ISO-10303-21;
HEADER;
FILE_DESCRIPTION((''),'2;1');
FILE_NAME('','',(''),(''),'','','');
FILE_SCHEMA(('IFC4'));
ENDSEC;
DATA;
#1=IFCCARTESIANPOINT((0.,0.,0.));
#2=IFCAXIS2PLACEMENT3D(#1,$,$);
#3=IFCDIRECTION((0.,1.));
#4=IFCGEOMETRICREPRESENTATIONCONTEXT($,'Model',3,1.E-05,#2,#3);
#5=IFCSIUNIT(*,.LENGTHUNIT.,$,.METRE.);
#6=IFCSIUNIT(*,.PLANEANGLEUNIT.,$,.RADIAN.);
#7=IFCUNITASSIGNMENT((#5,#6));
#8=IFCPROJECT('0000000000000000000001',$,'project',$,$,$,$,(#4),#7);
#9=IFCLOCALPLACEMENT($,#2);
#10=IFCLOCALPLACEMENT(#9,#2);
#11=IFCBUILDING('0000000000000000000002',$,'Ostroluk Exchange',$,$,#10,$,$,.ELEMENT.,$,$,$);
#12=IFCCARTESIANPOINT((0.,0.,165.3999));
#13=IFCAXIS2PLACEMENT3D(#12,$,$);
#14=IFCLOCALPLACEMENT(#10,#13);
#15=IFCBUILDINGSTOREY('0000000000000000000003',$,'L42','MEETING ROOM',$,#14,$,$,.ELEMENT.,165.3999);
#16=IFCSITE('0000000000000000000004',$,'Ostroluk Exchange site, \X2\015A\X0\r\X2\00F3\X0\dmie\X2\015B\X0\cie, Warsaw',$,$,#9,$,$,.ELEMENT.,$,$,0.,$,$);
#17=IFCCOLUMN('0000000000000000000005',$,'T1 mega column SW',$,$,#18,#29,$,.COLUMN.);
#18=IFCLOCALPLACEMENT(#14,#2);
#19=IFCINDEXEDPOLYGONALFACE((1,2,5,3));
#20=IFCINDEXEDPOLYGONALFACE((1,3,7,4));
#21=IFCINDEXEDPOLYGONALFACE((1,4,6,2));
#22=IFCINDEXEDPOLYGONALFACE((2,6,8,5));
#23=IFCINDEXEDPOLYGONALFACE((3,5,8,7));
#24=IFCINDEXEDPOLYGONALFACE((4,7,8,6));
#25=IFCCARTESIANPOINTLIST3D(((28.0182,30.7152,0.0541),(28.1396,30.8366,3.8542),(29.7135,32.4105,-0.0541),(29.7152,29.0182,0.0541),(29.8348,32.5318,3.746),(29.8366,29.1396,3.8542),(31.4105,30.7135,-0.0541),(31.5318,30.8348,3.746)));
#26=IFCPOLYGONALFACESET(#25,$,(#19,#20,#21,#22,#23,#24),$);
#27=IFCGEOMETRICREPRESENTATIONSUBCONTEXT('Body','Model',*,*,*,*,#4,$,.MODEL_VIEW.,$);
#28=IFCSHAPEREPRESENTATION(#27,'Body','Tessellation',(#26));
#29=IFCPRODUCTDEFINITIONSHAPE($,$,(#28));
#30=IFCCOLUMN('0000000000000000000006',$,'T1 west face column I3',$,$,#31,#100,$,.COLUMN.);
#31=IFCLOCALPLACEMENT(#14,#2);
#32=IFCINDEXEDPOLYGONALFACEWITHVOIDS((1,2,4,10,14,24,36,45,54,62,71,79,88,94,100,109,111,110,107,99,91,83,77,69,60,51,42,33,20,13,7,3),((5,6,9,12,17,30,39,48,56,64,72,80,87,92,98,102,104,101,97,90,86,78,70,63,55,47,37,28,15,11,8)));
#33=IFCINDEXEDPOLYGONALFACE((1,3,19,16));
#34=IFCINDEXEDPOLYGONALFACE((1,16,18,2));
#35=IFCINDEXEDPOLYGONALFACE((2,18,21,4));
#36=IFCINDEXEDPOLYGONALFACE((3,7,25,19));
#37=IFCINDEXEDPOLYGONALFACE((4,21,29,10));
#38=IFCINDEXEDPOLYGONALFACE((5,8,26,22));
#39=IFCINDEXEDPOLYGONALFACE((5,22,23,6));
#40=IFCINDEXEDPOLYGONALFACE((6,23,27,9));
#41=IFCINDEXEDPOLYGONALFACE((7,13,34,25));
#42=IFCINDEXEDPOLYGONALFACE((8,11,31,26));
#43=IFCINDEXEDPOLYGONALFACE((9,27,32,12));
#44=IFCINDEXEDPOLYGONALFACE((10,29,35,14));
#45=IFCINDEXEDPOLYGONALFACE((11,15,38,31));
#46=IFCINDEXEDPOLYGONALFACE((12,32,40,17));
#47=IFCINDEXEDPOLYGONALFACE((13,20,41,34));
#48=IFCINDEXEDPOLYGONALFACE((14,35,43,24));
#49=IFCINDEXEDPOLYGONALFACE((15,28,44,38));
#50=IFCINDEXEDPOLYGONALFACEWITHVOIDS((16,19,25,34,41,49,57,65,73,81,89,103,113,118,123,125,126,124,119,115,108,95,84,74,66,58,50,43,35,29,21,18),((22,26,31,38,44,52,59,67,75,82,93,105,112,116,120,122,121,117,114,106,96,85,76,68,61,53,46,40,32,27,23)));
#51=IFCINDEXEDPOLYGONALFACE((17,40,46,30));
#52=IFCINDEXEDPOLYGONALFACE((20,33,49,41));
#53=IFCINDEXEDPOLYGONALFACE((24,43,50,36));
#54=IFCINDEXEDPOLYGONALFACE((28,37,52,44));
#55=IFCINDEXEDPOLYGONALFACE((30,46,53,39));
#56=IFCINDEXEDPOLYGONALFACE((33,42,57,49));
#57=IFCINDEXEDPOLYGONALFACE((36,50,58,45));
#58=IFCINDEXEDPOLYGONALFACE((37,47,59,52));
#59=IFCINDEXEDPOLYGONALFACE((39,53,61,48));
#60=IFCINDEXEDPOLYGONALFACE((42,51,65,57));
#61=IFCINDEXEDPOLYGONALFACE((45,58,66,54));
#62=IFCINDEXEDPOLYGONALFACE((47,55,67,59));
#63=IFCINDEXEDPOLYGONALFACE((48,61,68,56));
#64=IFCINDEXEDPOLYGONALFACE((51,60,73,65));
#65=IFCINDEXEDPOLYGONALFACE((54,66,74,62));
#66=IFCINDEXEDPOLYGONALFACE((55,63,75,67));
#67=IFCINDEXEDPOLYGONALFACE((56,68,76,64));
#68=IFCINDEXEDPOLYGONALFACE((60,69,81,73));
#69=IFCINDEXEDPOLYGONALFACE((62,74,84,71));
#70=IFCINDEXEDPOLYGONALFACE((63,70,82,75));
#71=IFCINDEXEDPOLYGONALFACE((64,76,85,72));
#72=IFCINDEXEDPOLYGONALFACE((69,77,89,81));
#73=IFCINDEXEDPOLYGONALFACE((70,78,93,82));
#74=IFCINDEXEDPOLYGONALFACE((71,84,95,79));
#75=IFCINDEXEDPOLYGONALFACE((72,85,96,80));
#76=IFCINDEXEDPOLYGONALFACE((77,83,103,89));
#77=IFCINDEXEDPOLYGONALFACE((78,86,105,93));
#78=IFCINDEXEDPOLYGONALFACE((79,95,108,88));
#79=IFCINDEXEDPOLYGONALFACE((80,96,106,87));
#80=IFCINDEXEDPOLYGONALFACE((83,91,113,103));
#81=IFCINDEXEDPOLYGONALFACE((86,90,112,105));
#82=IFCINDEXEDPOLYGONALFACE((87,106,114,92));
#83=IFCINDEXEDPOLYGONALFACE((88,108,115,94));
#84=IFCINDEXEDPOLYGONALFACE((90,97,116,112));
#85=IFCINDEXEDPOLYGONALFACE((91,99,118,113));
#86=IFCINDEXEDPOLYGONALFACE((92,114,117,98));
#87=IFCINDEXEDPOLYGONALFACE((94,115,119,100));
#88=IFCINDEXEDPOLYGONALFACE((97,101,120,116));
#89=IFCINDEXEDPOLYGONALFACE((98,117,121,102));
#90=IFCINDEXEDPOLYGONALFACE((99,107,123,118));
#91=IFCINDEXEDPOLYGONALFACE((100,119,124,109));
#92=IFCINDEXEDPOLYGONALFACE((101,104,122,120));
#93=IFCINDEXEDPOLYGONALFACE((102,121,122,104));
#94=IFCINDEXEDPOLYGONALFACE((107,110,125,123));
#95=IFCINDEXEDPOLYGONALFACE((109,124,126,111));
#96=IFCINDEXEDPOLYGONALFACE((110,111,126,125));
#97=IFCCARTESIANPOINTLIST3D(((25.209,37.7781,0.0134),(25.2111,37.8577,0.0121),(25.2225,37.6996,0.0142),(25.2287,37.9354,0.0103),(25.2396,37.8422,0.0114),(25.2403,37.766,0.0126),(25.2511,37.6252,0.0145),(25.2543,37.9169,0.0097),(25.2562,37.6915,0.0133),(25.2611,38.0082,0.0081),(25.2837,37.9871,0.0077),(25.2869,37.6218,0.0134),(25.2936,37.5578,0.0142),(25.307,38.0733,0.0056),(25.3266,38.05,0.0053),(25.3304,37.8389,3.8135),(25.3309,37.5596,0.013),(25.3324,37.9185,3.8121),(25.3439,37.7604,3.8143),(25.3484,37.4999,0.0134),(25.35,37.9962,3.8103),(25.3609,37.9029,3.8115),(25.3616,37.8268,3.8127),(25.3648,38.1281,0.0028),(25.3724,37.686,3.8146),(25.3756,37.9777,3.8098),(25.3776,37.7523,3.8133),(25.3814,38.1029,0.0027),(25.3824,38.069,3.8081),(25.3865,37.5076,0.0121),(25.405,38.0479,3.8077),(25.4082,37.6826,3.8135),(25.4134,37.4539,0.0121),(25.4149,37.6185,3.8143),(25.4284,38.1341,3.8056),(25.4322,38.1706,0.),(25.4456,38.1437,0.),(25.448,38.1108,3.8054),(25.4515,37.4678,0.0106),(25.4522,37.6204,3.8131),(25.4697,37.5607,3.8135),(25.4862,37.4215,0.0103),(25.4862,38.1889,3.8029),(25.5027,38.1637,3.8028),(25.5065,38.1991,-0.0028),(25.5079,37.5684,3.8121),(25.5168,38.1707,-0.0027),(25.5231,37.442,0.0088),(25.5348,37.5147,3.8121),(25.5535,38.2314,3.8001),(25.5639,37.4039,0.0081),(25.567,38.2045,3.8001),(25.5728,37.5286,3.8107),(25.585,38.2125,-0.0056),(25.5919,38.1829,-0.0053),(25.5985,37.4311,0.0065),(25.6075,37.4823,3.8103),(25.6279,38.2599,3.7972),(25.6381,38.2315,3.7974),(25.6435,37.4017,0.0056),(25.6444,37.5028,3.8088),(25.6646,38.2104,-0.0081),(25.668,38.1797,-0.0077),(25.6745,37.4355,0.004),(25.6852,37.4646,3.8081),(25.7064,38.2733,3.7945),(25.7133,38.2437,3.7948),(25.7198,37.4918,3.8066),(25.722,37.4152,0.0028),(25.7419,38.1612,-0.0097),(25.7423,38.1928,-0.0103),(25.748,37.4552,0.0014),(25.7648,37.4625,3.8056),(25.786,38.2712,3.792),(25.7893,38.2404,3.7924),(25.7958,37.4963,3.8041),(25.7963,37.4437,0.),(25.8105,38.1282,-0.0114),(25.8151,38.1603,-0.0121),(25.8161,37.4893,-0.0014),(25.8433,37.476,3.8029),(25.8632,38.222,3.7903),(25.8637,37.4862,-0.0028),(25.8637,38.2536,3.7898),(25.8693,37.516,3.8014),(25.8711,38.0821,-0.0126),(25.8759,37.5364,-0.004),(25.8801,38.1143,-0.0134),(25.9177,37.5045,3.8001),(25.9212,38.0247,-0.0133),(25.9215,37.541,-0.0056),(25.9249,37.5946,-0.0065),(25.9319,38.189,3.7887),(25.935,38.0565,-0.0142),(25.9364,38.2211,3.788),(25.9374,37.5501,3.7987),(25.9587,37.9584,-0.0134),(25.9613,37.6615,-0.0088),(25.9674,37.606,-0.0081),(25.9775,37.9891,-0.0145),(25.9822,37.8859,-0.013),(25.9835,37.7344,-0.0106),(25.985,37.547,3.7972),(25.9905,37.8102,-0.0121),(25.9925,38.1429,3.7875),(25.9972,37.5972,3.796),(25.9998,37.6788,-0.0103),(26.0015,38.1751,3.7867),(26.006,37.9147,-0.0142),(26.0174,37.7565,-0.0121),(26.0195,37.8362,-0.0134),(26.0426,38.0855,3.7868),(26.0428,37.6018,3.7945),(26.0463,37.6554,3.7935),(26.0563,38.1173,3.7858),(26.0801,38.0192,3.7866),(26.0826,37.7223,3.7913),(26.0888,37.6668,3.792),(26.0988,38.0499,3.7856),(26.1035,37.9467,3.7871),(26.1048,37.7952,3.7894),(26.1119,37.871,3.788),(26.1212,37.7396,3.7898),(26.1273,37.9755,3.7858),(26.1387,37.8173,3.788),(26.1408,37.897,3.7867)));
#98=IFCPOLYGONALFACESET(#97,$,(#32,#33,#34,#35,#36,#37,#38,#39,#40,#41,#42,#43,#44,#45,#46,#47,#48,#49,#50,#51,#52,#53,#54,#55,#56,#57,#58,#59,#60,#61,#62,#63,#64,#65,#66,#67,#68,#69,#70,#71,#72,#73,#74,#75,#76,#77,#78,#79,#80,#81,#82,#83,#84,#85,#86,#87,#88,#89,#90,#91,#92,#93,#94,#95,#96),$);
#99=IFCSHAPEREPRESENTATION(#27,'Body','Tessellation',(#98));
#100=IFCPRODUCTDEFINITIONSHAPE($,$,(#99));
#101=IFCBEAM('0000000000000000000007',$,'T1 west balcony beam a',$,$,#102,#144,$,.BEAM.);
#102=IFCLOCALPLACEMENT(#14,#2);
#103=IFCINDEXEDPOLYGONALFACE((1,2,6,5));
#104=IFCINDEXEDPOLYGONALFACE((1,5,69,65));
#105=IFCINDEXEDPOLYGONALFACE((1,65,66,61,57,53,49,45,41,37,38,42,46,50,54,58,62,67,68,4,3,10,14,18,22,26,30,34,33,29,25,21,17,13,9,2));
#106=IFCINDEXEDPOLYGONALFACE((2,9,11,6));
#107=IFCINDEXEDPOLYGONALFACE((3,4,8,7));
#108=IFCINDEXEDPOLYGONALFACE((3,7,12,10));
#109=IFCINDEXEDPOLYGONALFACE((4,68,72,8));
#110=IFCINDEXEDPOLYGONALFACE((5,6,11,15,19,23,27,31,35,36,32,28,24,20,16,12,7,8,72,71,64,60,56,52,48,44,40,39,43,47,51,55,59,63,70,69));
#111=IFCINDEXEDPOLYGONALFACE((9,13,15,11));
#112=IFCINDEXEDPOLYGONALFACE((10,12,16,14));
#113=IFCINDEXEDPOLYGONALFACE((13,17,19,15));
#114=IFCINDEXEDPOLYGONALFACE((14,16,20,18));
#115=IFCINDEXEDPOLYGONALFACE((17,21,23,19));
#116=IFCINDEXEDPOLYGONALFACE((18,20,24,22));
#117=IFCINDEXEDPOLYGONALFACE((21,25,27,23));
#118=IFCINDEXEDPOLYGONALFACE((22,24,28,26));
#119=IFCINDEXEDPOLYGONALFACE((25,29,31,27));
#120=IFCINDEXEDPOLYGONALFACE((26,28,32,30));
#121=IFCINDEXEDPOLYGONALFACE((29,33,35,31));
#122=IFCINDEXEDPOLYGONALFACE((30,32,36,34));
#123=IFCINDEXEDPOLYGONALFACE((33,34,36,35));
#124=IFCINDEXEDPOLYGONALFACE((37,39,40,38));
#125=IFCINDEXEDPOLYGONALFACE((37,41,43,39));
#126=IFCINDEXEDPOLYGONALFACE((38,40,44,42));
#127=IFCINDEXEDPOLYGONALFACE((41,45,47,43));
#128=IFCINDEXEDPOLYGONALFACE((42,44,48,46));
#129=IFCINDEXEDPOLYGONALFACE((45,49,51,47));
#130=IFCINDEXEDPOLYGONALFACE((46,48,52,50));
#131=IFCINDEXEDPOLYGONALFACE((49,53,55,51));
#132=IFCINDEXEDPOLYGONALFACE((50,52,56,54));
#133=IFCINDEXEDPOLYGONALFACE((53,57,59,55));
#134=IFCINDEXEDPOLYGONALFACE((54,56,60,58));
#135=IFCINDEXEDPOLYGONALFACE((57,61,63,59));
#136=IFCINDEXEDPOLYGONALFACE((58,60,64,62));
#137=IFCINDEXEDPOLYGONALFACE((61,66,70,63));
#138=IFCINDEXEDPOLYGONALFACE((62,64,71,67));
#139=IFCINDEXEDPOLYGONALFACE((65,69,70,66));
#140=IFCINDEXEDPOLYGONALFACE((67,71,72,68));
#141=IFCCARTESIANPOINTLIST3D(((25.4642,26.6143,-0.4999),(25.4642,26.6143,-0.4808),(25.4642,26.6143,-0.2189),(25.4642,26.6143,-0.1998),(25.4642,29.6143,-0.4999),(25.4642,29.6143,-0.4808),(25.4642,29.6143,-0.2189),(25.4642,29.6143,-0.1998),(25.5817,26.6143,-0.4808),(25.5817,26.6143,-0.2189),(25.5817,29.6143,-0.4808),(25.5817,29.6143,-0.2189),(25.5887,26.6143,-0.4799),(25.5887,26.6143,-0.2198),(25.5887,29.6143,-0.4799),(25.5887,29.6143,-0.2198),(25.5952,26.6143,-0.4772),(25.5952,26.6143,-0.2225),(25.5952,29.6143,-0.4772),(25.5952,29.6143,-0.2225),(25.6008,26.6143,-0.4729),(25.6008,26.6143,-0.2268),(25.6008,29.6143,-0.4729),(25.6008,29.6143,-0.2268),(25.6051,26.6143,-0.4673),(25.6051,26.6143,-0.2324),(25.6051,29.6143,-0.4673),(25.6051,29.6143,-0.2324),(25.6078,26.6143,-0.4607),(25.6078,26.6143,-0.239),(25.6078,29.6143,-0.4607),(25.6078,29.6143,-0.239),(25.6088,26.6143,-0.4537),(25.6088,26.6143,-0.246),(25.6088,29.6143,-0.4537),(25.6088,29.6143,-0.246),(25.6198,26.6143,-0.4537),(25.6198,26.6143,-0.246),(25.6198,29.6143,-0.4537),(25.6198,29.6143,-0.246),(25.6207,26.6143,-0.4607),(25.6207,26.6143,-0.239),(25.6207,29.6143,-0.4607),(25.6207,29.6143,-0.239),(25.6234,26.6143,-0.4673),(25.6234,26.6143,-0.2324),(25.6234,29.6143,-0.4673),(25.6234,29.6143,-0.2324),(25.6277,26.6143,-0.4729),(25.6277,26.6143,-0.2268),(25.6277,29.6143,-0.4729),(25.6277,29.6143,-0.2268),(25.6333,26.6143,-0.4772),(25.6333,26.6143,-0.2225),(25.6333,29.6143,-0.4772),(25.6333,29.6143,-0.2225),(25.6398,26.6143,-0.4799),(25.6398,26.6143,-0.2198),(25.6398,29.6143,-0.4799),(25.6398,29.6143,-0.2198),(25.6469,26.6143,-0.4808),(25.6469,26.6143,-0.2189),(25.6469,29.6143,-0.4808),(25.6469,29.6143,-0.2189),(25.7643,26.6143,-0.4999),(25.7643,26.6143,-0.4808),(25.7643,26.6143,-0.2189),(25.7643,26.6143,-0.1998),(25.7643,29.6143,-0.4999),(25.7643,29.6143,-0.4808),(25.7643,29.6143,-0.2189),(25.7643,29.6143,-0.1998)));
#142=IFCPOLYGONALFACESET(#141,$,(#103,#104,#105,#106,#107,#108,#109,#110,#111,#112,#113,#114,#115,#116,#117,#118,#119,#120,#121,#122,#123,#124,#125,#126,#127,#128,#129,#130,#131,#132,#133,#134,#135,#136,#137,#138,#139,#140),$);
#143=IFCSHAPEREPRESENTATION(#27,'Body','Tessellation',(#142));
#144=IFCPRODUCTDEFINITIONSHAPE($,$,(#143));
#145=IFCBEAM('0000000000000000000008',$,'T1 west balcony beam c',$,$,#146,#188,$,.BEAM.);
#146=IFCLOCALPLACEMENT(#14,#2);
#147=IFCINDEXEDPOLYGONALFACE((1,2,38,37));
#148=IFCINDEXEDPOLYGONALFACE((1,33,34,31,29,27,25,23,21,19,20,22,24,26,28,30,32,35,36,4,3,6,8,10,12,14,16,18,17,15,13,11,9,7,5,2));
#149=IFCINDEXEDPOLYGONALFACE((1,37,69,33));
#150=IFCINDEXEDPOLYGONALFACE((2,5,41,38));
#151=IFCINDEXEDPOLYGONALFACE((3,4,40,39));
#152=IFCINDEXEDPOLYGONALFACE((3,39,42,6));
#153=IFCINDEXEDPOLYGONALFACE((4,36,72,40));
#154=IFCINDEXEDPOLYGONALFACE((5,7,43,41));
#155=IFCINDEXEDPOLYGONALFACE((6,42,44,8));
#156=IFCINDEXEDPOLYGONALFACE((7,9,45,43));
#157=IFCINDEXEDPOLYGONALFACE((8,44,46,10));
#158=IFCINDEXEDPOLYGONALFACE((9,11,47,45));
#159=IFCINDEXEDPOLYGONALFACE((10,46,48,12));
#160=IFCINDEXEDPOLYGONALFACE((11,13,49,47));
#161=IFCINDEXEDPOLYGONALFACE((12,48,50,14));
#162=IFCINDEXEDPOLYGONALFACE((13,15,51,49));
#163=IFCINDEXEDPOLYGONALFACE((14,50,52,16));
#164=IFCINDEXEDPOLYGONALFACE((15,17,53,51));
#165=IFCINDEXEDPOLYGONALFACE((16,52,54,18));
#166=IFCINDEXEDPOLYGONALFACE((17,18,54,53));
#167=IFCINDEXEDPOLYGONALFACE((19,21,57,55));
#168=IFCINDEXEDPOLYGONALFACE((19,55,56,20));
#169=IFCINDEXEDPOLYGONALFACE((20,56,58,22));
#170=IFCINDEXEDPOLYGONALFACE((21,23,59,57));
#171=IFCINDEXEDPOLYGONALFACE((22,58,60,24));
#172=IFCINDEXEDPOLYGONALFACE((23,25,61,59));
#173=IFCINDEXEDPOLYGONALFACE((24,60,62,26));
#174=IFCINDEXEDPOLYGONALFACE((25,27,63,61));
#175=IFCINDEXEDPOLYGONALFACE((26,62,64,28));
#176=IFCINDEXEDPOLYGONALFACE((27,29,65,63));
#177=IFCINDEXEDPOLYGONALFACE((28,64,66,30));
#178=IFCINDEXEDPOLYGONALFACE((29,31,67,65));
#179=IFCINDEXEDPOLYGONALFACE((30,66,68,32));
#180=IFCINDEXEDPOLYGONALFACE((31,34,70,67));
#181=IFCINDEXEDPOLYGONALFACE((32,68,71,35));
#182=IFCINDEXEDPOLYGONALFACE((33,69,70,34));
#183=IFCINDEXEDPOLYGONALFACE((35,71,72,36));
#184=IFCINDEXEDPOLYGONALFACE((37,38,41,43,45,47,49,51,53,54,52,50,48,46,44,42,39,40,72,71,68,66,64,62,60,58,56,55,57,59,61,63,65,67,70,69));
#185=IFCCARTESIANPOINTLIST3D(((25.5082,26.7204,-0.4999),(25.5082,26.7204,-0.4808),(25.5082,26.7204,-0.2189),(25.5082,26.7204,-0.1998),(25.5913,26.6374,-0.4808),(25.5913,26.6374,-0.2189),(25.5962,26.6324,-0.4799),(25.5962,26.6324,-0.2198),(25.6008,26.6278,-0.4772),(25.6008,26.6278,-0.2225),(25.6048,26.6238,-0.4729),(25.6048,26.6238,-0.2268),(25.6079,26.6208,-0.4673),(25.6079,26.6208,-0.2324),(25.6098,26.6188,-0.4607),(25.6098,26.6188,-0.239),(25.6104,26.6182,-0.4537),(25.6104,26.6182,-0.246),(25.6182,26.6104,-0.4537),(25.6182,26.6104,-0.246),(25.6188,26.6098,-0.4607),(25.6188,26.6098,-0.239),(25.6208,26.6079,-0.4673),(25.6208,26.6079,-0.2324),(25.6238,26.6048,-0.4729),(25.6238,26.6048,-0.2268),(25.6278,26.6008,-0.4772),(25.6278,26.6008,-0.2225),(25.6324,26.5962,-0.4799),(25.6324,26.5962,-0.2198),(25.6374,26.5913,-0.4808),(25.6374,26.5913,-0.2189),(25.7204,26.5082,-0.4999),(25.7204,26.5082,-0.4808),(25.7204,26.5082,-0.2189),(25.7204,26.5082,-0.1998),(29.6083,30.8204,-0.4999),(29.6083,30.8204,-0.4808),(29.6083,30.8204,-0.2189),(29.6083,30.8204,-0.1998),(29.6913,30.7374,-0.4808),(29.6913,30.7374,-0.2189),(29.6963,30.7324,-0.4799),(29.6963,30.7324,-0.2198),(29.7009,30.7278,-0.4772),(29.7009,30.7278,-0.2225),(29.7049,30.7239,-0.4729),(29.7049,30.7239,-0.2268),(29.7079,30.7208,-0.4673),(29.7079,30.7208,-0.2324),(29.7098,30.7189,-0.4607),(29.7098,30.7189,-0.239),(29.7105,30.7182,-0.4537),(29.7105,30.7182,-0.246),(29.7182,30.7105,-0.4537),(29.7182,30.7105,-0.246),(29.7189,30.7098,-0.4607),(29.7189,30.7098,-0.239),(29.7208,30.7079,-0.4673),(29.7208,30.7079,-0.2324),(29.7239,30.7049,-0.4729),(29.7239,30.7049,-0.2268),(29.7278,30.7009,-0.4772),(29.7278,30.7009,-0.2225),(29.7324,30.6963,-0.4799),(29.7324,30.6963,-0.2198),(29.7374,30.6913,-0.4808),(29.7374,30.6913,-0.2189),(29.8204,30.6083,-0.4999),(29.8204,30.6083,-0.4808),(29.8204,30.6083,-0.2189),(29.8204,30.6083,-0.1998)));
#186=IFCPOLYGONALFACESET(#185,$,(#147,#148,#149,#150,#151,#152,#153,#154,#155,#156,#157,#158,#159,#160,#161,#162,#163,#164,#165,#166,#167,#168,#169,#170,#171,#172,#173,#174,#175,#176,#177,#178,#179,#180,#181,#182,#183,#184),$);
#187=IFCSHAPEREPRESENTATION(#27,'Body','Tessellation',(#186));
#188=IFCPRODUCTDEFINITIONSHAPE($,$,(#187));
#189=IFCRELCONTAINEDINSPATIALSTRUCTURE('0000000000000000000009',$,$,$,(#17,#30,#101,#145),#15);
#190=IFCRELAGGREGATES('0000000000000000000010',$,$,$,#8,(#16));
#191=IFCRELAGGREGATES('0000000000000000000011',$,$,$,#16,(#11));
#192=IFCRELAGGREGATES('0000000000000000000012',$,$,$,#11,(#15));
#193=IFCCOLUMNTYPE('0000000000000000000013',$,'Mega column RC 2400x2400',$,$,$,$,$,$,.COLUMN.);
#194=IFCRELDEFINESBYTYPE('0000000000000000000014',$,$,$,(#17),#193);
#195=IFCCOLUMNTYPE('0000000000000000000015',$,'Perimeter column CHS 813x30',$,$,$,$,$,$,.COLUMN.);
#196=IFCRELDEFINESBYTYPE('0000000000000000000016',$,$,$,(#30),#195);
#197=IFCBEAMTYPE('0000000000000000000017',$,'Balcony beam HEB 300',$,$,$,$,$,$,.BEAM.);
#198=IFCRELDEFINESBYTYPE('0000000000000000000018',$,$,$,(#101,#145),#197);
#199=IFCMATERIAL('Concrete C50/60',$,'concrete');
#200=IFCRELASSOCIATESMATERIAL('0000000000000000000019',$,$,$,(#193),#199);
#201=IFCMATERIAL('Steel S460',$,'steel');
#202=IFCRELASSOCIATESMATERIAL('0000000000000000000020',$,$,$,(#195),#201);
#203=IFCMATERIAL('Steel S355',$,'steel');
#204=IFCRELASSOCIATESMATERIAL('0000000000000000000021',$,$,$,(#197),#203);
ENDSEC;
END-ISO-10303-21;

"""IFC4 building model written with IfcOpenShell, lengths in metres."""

from ifc_helpers import new_model, si_unit, direction, frame, origin, origin_2d, place, context, subcontext, project, spatial, rectangle, hollow_circle, i_section, extrude, material, material_profile, profile_set, type_object, element, save


model = new_model("IFC4")

# Units and contexts
model_context = context("Model", 3, precision=1e-05, world=origin(), true_north=direction((0.0, 1.0)))
body_context = subcontext(model_context, "Body", "Model", "MODEL_VIEW")
ifc_project = project(units=[si_unit("LENGTHUNIT", "METRE"), si_unit("PLANEANGLEUNIT", "RADIAN")], contexts=[model_context])

# Site, building, storey
site_placement = place(None, origin())
site = spatial("IfcSite", under=ifc_project, at=site_placement, Name="Ostroluk Exchange site, Śródmieście, Warsaw", CompositionType="ELEMENT", RefElevation=0.0)
building_placement = place(site_placement, origin())
building = spatial("IfcBuilding", under=site, at=building_placement, Name="Ostroluk Exchange", CompositionType="ELEMENT")
storey_placement = place(building_placement, frame((0.0, 0.0, 165.3999)))
storey = spatial("IfcBuildingStorey", under=building, at=storey_placement, Name="L42", Description="MEETING ROOM", CompositionType="ELEMENT", Elevation=165.3999)

# Columns
ifc_material_1 = material(Name="Concrete C50/60", Category="concrete")
ifc_material_profile_1 = material_profile(ifc_material_1, rectangle(XDim=2.3999, YDim=2.3999, at=origin_2d()), Name="RC 2400x2400")
ifc_profile_set_1 = profile_set([ifc_material_profile_1], Name="Concrete C50/60")
column_type_1 = type_object("IfcColumnType", Name="Mega column RC 2400x2400", PredefinedType="COLUMN", material=ifc_profile_set_1)
column_1_placement = place(storey_placement, frame((29.7144, 30.7144, 0.0), z_axis=(0.031898, 0.031898, 0.998982), x_axis=(-0.707107, 0.707107, 0.0)))
element("IfcColumn", 1, at=column_1_placement, inside=storey, type_object=column_type_1, Name="T1 mega column SW", PredefinedType="COLUMN", context=body_context, shape_type="SweptSolid", body=[
    extrude(rectangle(XDim=2.3999, YDim=2.3999, at=origin_2d()), origin(), (0.0, 0.0, 1.0), 3.804),
])
ifc_material_2 = material(Name="Steel S460", Category="steel")
ifc_material_profile_2 = material_profile(ifc_material_2, hollow_circle(Radius=0.4065, WallThickness=0.03, at=origin_2d()), Name="CHS 813x30")
ifc_profile_set_2 = profile_set([ifc_material_profile_2], Name="Steel S460")
column_type_2 = type_object("IfcColumnType", Name="Perimeter column CHS 813x30", PredefinedType="COLUMN", material=ifc_profile_set_2)
column_2_placement = place(storey_placement, frame((25.6143, 37.8071, 0.0), z_axis=(0.03191, 0.015987, 0.999363), x_axis=(-0.447933, 0.894067, 0.0)))
element("IfcColumn", 2, at=column_2_placement, inside=storey, type_object=column_type_2, Name="T1 west face column I3", PredefinedType="COLUMN", context=body_context, shape_type="SweptSolid", body=[
    extrude(hollow_circle(Radius=0.4065, WallThickness=0.03, at=origin_2d()), origin(), (0.0, 0.0, 1.0), 3.8025),
])

# Beams
ifc_material_3 = material(Name="Steel S355", Category="steel")
ifc_material_profile_3 = material_profile(ifc_material_3, i_section(OverallWidth=0.3, OverallDepth=0.3, WebThickness=0.011, FlangeThickness=0.019, FilletRadius=0.0271, at=origin_2d()), Name="HEB 300")
ifc_profile_set_3 = profile_set([ifc_material_profile_3], Name="Steel S355")
beam_type_1 = type_object("IfcBeamType", Name="Balcony beam HEB 300", PredefinedType="BEAM", material=ifc_profile_set_3)
beam_1_placement = place(storey_placement, frame((25.6143, 29.6143, -0.3499), z_axis=(0.0, -1.0, 0.0), x_axis=(1.0, 0.0, 0.0)))
element("IfcBeam", 3, at=beam_1_placement, inside=storey, type_object=beam_type_1, Name="T1 west balcony beam a", PredefinedType="BEAM", context=body_context, shape_type="SweptSolid", body=[
    extrude(i_section(OverallWidth=0.3, OverallDepth=0.3, WebThickness=0.011, FlangeThickness=0.019, FilletRadius=0.0271, at=origin_2d()), origin(), (0.0, 0.0, 1.0), 3.0),
])
beam_2_placement = place(storey_placement, frame((29.7144, 30.7144, -0.3499), z_axis=(-0.707107, -0.707107, 0.0), x_axis=(0.707107, -0.707107, 0.0)))
element("IfcBeam", 4, at=beam_2_placement, inside=storey, type_object=beam_type_1, Name="T1 west balcony beam c", PredefinedType="BEAM", context=body_context, shape_type="SweptSolid", body=[
    extrude(i_section(OverallWidth=0.3, OverallDepth=0.3, WebThickness=0.011, FlangeThickness=0.019, FilletRadius=0.0271, at=origin_2d()), origin(), (0.0, 0.0, 1.0), 5.7983),
])

save(model, "model.ifc")
